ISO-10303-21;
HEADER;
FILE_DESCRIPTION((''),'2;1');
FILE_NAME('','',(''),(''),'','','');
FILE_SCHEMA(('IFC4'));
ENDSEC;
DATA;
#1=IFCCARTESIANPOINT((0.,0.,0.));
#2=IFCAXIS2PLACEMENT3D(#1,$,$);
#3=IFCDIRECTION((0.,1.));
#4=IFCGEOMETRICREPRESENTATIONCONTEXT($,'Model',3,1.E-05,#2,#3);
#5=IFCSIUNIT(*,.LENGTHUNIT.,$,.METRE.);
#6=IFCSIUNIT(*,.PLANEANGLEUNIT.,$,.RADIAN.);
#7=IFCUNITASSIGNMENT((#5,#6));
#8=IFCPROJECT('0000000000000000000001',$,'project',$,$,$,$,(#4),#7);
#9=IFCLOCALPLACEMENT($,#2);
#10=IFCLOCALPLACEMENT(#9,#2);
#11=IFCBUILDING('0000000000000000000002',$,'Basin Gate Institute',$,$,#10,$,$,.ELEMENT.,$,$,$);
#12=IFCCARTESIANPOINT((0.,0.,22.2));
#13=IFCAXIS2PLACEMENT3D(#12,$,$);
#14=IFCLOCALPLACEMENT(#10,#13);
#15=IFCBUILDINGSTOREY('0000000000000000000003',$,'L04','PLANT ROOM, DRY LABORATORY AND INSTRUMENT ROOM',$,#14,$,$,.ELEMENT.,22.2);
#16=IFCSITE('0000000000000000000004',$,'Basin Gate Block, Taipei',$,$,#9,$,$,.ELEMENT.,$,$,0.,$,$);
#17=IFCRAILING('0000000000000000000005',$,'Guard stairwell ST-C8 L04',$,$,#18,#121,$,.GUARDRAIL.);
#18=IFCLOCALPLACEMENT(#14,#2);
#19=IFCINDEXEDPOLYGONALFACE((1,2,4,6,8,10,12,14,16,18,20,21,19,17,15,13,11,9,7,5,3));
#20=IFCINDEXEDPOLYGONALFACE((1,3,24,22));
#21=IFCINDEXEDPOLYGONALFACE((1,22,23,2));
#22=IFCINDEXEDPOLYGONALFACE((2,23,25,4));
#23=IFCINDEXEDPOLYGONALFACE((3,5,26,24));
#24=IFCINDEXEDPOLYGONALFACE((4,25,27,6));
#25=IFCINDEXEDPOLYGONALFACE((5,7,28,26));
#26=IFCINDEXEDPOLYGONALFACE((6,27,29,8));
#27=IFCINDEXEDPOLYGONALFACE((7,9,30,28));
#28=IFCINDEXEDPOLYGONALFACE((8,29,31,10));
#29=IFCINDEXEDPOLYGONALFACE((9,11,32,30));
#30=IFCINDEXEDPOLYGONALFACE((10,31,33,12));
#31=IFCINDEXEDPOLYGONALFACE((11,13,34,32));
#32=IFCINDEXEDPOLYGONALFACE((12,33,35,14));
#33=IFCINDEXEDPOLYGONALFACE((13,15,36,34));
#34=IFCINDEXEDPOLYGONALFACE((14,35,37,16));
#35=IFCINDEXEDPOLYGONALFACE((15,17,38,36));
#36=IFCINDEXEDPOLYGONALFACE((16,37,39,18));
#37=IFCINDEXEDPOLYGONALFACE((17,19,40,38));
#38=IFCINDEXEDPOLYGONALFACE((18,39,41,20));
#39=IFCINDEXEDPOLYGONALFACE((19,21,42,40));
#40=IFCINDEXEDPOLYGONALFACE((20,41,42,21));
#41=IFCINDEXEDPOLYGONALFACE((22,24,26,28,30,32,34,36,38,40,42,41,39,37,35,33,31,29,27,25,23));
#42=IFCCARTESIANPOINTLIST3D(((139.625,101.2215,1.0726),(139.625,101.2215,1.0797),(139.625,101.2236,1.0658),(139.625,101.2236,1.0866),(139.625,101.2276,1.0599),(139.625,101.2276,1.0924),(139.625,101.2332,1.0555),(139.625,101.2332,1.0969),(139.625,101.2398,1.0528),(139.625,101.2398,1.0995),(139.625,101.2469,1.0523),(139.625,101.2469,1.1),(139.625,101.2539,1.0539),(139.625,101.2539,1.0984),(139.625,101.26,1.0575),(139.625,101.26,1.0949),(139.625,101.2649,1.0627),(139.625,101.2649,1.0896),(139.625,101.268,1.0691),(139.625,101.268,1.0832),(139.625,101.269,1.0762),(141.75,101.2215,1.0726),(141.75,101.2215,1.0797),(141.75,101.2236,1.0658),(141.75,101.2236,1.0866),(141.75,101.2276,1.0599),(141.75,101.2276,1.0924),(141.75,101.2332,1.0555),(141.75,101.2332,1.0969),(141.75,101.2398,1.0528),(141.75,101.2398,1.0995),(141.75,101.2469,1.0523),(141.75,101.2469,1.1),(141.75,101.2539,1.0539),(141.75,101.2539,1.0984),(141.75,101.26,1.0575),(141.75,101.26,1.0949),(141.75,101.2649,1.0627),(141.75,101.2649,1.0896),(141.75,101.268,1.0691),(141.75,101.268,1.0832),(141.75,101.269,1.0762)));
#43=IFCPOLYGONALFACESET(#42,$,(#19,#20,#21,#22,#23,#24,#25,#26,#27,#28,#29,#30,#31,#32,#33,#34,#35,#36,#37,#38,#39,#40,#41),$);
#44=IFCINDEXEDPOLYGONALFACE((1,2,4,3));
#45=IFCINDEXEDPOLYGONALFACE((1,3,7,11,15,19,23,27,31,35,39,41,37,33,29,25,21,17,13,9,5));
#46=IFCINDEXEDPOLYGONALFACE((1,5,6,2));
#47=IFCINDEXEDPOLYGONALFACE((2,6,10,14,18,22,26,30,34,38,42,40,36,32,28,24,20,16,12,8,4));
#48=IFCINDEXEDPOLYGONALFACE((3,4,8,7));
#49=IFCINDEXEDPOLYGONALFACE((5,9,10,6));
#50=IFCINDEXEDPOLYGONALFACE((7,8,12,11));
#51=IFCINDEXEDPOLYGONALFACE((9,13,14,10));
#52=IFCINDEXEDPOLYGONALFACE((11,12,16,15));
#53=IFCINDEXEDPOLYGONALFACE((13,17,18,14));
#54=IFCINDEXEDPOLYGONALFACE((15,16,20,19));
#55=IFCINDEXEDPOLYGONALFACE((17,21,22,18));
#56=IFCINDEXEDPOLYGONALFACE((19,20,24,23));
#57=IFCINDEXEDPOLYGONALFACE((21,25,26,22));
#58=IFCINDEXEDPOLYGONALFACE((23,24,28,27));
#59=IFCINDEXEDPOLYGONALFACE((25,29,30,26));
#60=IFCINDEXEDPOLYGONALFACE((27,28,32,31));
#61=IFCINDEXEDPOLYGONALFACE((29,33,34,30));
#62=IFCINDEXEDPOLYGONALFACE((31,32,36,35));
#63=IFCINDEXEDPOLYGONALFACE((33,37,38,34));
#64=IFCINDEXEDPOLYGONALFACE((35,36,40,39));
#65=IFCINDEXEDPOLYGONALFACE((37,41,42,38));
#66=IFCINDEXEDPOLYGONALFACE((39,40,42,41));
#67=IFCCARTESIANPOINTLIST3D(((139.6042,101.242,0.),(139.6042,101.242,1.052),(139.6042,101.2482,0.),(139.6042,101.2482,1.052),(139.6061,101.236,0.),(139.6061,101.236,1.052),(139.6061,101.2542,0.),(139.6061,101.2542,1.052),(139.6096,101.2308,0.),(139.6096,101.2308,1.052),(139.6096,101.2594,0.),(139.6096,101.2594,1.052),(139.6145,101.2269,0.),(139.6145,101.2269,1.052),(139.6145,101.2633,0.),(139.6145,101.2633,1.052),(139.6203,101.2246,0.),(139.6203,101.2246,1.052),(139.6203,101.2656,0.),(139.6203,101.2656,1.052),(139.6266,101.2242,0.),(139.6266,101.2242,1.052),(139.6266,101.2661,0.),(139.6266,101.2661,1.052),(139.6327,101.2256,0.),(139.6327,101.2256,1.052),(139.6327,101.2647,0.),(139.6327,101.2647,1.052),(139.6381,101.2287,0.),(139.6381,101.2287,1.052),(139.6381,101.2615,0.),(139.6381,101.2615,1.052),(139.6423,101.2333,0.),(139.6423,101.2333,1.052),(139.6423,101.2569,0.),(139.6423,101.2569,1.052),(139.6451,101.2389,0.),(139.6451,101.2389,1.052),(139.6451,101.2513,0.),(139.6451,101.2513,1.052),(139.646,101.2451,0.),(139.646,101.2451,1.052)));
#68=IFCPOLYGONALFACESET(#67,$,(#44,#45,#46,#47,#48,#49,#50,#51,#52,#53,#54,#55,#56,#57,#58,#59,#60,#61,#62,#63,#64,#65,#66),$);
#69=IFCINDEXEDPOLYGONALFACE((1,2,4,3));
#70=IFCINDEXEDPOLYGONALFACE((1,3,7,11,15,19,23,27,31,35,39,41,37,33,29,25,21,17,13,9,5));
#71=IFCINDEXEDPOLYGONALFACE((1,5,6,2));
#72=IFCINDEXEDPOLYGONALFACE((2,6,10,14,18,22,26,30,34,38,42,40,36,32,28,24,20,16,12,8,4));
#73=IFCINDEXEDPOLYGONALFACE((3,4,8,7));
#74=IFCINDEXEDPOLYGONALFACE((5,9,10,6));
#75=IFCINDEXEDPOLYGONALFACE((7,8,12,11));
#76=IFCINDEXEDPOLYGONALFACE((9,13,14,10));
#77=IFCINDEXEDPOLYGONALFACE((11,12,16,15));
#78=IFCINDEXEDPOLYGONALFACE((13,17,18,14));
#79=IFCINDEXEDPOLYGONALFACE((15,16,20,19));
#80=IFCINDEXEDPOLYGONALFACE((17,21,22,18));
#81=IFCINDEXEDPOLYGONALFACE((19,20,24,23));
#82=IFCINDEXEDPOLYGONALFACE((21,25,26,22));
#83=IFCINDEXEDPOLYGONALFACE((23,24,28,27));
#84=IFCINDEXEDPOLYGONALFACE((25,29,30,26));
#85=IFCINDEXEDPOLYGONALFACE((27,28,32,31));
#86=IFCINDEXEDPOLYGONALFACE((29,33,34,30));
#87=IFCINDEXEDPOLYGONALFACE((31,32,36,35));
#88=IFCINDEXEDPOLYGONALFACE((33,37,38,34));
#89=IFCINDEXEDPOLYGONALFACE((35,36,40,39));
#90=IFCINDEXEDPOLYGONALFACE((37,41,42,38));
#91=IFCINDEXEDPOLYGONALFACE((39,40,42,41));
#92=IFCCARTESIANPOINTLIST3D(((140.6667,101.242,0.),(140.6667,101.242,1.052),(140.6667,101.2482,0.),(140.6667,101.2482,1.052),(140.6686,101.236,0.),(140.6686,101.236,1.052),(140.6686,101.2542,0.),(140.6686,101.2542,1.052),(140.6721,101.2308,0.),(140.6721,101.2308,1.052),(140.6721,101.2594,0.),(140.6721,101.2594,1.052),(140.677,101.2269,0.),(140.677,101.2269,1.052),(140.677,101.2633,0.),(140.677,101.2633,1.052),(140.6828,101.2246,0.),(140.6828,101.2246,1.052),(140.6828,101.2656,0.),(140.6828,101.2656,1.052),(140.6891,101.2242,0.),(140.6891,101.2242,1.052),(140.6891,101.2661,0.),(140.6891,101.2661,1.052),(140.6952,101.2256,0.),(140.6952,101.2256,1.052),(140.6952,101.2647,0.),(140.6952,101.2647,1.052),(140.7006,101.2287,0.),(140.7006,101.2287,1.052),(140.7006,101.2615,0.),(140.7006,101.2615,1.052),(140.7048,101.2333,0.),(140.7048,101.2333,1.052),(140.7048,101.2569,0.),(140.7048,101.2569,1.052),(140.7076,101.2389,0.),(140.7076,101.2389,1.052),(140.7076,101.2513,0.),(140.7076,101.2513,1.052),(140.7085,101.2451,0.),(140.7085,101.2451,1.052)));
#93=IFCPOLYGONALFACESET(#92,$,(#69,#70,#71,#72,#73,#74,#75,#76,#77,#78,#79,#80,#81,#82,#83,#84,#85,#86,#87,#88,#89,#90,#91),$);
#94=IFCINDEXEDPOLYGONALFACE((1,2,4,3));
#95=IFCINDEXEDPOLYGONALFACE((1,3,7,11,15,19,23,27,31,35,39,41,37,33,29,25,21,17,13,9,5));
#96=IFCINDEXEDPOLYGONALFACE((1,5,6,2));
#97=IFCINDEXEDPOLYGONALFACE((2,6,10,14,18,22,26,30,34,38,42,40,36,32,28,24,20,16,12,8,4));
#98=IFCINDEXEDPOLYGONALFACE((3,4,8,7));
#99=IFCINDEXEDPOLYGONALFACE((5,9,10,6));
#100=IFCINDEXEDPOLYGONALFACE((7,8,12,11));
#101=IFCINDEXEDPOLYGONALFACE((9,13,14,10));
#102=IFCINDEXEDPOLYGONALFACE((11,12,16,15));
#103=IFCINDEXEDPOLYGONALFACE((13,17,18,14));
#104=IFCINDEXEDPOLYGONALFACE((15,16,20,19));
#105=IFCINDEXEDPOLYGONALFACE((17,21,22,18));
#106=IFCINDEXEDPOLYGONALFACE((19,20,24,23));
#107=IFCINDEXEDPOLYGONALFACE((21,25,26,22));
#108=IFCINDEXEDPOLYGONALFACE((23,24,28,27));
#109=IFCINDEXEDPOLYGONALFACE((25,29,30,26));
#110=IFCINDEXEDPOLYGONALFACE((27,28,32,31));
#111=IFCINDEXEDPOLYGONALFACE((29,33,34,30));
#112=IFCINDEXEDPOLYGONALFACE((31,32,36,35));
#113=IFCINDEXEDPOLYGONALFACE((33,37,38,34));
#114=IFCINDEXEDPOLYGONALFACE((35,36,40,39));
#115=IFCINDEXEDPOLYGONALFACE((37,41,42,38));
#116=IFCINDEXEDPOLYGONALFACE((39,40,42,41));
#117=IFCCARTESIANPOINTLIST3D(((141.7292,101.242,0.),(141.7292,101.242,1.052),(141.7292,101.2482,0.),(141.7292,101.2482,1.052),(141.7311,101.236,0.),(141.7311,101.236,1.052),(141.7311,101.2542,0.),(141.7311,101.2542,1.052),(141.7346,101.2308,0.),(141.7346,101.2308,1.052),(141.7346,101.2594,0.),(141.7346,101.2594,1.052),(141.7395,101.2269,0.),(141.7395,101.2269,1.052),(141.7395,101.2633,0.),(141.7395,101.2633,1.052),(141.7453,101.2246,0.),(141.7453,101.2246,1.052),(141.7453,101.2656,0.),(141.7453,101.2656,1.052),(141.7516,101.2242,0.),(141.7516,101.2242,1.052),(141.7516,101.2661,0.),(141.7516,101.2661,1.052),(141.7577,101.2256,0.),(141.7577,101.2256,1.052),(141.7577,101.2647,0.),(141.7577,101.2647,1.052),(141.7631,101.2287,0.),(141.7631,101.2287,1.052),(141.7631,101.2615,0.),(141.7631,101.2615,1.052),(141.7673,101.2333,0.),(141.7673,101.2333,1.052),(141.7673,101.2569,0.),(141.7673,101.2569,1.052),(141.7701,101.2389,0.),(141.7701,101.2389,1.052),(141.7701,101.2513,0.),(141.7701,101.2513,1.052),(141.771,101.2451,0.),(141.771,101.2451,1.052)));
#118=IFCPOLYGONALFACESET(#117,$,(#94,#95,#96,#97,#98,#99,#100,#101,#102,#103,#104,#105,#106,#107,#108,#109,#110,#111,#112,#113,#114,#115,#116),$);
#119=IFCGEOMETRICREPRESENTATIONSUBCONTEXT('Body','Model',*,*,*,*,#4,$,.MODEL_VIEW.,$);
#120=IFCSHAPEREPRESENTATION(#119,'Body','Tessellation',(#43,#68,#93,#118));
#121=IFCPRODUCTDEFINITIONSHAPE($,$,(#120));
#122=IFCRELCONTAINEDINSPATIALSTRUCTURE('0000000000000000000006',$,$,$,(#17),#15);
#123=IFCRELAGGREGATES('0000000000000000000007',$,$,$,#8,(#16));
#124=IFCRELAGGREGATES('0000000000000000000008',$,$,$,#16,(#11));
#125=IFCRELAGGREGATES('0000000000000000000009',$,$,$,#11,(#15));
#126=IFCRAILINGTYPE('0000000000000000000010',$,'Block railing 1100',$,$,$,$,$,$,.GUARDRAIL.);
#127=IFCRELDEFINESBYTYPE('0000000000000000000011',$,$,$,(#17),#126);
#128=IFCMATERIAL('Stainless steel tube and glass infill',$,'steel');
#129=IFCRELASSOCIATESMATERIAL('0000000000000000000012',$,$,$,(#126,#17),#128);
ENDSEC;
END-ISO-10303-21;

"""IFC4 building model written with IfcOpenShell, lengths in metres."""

from ifc_helpers import new_model, si_unit, direction, frame, origin, origin_2d, place, context, subcontext, project, spatial, circle, extrude, material, type_object, element, save


model = new_model("IFC4")

# Units and contexts
model_context = context("Model", 3, precision=1e-05, world=origin(), true_north=direction((0.0, 1.0)))
body_context = subcontext(model_context, "Body", "Model", "MODEL_VIEW")
ifc_project = project(units=[si_unit("LENGTHUNIT", "METRE"), si_unit("PLANEANGLEUNIT", "RADIAN")], contexts=[model_context])

# Site, building, storey
site_placement = place(None, origin())
site = spatial("IfcSite", under=ifc_project, at=site_placement, Name="Basin Gate Block, Taipei", CompositionType="ELEMENT", RefElevation=0.0)
building_placement = place(site_placement, origin())
building = spatial("IfcBuilding", under=site, at=building_placement, Name="Basin Gate Institute", CompositionType="ELEMENT")
storey_placement = place(building_placement, frame((0.0, 0.0, 22.2)))
storey = spatial("IfcBuildingStorey", under=building, at=storey_placement, Name="L04", Description="PLANT ROOM, DRY LABORATORY AND INSTRUMENT ROOM", CompositionType="ELEMENT", Elevation=22.2)

# Railing
ifc_material_1 = material(Name="Stainless steel tube and glass infill", Category="steel")
railing_type = type_object("IfcRailingType", Name="Block railing 1100", PredefinedType="GUARDRAIL", material=ifc_material_1)
railing_placement = place(storey_placement, frame((139.625, 101.2451, 0.0)))
element("IfcRailing", 1, at=railing_placement, inside=storey, type_object=railing_type, material=ifc_material_1, Name="Guard stairwell ST-C8 L04", PredefinedType="GUARDRAIL", context=body_context, shape_type="SweptSolid", body=[
    extrude(circle(Radius=0.0239, at=origin_2d()), frame((0.0, 0.0, 1.0762), z_axis=(1.0, 0.0, 0.0), x_axis=(0.0, 1.0, 0.0)), (0.0, 0.0, 1.0), 2.125),
    extrude(circle(Radius=0.021, at=origin_2d()), origin(), (0.0, 0.0, 1.0), 1.052),
    extrude(circle(Radius=0.021, at=origin_2d()), frame((1.0625, 0.0, 0.0)), (0.0, 0.0, 1.0), 1.052),
    extrude(circle(Radius=0.021, at=origin_2d()), frame((2.125, 0.0, 0.0)), (0.0, 0.0, 1.0), 1.052),
])

save(model, "model.ifc")
